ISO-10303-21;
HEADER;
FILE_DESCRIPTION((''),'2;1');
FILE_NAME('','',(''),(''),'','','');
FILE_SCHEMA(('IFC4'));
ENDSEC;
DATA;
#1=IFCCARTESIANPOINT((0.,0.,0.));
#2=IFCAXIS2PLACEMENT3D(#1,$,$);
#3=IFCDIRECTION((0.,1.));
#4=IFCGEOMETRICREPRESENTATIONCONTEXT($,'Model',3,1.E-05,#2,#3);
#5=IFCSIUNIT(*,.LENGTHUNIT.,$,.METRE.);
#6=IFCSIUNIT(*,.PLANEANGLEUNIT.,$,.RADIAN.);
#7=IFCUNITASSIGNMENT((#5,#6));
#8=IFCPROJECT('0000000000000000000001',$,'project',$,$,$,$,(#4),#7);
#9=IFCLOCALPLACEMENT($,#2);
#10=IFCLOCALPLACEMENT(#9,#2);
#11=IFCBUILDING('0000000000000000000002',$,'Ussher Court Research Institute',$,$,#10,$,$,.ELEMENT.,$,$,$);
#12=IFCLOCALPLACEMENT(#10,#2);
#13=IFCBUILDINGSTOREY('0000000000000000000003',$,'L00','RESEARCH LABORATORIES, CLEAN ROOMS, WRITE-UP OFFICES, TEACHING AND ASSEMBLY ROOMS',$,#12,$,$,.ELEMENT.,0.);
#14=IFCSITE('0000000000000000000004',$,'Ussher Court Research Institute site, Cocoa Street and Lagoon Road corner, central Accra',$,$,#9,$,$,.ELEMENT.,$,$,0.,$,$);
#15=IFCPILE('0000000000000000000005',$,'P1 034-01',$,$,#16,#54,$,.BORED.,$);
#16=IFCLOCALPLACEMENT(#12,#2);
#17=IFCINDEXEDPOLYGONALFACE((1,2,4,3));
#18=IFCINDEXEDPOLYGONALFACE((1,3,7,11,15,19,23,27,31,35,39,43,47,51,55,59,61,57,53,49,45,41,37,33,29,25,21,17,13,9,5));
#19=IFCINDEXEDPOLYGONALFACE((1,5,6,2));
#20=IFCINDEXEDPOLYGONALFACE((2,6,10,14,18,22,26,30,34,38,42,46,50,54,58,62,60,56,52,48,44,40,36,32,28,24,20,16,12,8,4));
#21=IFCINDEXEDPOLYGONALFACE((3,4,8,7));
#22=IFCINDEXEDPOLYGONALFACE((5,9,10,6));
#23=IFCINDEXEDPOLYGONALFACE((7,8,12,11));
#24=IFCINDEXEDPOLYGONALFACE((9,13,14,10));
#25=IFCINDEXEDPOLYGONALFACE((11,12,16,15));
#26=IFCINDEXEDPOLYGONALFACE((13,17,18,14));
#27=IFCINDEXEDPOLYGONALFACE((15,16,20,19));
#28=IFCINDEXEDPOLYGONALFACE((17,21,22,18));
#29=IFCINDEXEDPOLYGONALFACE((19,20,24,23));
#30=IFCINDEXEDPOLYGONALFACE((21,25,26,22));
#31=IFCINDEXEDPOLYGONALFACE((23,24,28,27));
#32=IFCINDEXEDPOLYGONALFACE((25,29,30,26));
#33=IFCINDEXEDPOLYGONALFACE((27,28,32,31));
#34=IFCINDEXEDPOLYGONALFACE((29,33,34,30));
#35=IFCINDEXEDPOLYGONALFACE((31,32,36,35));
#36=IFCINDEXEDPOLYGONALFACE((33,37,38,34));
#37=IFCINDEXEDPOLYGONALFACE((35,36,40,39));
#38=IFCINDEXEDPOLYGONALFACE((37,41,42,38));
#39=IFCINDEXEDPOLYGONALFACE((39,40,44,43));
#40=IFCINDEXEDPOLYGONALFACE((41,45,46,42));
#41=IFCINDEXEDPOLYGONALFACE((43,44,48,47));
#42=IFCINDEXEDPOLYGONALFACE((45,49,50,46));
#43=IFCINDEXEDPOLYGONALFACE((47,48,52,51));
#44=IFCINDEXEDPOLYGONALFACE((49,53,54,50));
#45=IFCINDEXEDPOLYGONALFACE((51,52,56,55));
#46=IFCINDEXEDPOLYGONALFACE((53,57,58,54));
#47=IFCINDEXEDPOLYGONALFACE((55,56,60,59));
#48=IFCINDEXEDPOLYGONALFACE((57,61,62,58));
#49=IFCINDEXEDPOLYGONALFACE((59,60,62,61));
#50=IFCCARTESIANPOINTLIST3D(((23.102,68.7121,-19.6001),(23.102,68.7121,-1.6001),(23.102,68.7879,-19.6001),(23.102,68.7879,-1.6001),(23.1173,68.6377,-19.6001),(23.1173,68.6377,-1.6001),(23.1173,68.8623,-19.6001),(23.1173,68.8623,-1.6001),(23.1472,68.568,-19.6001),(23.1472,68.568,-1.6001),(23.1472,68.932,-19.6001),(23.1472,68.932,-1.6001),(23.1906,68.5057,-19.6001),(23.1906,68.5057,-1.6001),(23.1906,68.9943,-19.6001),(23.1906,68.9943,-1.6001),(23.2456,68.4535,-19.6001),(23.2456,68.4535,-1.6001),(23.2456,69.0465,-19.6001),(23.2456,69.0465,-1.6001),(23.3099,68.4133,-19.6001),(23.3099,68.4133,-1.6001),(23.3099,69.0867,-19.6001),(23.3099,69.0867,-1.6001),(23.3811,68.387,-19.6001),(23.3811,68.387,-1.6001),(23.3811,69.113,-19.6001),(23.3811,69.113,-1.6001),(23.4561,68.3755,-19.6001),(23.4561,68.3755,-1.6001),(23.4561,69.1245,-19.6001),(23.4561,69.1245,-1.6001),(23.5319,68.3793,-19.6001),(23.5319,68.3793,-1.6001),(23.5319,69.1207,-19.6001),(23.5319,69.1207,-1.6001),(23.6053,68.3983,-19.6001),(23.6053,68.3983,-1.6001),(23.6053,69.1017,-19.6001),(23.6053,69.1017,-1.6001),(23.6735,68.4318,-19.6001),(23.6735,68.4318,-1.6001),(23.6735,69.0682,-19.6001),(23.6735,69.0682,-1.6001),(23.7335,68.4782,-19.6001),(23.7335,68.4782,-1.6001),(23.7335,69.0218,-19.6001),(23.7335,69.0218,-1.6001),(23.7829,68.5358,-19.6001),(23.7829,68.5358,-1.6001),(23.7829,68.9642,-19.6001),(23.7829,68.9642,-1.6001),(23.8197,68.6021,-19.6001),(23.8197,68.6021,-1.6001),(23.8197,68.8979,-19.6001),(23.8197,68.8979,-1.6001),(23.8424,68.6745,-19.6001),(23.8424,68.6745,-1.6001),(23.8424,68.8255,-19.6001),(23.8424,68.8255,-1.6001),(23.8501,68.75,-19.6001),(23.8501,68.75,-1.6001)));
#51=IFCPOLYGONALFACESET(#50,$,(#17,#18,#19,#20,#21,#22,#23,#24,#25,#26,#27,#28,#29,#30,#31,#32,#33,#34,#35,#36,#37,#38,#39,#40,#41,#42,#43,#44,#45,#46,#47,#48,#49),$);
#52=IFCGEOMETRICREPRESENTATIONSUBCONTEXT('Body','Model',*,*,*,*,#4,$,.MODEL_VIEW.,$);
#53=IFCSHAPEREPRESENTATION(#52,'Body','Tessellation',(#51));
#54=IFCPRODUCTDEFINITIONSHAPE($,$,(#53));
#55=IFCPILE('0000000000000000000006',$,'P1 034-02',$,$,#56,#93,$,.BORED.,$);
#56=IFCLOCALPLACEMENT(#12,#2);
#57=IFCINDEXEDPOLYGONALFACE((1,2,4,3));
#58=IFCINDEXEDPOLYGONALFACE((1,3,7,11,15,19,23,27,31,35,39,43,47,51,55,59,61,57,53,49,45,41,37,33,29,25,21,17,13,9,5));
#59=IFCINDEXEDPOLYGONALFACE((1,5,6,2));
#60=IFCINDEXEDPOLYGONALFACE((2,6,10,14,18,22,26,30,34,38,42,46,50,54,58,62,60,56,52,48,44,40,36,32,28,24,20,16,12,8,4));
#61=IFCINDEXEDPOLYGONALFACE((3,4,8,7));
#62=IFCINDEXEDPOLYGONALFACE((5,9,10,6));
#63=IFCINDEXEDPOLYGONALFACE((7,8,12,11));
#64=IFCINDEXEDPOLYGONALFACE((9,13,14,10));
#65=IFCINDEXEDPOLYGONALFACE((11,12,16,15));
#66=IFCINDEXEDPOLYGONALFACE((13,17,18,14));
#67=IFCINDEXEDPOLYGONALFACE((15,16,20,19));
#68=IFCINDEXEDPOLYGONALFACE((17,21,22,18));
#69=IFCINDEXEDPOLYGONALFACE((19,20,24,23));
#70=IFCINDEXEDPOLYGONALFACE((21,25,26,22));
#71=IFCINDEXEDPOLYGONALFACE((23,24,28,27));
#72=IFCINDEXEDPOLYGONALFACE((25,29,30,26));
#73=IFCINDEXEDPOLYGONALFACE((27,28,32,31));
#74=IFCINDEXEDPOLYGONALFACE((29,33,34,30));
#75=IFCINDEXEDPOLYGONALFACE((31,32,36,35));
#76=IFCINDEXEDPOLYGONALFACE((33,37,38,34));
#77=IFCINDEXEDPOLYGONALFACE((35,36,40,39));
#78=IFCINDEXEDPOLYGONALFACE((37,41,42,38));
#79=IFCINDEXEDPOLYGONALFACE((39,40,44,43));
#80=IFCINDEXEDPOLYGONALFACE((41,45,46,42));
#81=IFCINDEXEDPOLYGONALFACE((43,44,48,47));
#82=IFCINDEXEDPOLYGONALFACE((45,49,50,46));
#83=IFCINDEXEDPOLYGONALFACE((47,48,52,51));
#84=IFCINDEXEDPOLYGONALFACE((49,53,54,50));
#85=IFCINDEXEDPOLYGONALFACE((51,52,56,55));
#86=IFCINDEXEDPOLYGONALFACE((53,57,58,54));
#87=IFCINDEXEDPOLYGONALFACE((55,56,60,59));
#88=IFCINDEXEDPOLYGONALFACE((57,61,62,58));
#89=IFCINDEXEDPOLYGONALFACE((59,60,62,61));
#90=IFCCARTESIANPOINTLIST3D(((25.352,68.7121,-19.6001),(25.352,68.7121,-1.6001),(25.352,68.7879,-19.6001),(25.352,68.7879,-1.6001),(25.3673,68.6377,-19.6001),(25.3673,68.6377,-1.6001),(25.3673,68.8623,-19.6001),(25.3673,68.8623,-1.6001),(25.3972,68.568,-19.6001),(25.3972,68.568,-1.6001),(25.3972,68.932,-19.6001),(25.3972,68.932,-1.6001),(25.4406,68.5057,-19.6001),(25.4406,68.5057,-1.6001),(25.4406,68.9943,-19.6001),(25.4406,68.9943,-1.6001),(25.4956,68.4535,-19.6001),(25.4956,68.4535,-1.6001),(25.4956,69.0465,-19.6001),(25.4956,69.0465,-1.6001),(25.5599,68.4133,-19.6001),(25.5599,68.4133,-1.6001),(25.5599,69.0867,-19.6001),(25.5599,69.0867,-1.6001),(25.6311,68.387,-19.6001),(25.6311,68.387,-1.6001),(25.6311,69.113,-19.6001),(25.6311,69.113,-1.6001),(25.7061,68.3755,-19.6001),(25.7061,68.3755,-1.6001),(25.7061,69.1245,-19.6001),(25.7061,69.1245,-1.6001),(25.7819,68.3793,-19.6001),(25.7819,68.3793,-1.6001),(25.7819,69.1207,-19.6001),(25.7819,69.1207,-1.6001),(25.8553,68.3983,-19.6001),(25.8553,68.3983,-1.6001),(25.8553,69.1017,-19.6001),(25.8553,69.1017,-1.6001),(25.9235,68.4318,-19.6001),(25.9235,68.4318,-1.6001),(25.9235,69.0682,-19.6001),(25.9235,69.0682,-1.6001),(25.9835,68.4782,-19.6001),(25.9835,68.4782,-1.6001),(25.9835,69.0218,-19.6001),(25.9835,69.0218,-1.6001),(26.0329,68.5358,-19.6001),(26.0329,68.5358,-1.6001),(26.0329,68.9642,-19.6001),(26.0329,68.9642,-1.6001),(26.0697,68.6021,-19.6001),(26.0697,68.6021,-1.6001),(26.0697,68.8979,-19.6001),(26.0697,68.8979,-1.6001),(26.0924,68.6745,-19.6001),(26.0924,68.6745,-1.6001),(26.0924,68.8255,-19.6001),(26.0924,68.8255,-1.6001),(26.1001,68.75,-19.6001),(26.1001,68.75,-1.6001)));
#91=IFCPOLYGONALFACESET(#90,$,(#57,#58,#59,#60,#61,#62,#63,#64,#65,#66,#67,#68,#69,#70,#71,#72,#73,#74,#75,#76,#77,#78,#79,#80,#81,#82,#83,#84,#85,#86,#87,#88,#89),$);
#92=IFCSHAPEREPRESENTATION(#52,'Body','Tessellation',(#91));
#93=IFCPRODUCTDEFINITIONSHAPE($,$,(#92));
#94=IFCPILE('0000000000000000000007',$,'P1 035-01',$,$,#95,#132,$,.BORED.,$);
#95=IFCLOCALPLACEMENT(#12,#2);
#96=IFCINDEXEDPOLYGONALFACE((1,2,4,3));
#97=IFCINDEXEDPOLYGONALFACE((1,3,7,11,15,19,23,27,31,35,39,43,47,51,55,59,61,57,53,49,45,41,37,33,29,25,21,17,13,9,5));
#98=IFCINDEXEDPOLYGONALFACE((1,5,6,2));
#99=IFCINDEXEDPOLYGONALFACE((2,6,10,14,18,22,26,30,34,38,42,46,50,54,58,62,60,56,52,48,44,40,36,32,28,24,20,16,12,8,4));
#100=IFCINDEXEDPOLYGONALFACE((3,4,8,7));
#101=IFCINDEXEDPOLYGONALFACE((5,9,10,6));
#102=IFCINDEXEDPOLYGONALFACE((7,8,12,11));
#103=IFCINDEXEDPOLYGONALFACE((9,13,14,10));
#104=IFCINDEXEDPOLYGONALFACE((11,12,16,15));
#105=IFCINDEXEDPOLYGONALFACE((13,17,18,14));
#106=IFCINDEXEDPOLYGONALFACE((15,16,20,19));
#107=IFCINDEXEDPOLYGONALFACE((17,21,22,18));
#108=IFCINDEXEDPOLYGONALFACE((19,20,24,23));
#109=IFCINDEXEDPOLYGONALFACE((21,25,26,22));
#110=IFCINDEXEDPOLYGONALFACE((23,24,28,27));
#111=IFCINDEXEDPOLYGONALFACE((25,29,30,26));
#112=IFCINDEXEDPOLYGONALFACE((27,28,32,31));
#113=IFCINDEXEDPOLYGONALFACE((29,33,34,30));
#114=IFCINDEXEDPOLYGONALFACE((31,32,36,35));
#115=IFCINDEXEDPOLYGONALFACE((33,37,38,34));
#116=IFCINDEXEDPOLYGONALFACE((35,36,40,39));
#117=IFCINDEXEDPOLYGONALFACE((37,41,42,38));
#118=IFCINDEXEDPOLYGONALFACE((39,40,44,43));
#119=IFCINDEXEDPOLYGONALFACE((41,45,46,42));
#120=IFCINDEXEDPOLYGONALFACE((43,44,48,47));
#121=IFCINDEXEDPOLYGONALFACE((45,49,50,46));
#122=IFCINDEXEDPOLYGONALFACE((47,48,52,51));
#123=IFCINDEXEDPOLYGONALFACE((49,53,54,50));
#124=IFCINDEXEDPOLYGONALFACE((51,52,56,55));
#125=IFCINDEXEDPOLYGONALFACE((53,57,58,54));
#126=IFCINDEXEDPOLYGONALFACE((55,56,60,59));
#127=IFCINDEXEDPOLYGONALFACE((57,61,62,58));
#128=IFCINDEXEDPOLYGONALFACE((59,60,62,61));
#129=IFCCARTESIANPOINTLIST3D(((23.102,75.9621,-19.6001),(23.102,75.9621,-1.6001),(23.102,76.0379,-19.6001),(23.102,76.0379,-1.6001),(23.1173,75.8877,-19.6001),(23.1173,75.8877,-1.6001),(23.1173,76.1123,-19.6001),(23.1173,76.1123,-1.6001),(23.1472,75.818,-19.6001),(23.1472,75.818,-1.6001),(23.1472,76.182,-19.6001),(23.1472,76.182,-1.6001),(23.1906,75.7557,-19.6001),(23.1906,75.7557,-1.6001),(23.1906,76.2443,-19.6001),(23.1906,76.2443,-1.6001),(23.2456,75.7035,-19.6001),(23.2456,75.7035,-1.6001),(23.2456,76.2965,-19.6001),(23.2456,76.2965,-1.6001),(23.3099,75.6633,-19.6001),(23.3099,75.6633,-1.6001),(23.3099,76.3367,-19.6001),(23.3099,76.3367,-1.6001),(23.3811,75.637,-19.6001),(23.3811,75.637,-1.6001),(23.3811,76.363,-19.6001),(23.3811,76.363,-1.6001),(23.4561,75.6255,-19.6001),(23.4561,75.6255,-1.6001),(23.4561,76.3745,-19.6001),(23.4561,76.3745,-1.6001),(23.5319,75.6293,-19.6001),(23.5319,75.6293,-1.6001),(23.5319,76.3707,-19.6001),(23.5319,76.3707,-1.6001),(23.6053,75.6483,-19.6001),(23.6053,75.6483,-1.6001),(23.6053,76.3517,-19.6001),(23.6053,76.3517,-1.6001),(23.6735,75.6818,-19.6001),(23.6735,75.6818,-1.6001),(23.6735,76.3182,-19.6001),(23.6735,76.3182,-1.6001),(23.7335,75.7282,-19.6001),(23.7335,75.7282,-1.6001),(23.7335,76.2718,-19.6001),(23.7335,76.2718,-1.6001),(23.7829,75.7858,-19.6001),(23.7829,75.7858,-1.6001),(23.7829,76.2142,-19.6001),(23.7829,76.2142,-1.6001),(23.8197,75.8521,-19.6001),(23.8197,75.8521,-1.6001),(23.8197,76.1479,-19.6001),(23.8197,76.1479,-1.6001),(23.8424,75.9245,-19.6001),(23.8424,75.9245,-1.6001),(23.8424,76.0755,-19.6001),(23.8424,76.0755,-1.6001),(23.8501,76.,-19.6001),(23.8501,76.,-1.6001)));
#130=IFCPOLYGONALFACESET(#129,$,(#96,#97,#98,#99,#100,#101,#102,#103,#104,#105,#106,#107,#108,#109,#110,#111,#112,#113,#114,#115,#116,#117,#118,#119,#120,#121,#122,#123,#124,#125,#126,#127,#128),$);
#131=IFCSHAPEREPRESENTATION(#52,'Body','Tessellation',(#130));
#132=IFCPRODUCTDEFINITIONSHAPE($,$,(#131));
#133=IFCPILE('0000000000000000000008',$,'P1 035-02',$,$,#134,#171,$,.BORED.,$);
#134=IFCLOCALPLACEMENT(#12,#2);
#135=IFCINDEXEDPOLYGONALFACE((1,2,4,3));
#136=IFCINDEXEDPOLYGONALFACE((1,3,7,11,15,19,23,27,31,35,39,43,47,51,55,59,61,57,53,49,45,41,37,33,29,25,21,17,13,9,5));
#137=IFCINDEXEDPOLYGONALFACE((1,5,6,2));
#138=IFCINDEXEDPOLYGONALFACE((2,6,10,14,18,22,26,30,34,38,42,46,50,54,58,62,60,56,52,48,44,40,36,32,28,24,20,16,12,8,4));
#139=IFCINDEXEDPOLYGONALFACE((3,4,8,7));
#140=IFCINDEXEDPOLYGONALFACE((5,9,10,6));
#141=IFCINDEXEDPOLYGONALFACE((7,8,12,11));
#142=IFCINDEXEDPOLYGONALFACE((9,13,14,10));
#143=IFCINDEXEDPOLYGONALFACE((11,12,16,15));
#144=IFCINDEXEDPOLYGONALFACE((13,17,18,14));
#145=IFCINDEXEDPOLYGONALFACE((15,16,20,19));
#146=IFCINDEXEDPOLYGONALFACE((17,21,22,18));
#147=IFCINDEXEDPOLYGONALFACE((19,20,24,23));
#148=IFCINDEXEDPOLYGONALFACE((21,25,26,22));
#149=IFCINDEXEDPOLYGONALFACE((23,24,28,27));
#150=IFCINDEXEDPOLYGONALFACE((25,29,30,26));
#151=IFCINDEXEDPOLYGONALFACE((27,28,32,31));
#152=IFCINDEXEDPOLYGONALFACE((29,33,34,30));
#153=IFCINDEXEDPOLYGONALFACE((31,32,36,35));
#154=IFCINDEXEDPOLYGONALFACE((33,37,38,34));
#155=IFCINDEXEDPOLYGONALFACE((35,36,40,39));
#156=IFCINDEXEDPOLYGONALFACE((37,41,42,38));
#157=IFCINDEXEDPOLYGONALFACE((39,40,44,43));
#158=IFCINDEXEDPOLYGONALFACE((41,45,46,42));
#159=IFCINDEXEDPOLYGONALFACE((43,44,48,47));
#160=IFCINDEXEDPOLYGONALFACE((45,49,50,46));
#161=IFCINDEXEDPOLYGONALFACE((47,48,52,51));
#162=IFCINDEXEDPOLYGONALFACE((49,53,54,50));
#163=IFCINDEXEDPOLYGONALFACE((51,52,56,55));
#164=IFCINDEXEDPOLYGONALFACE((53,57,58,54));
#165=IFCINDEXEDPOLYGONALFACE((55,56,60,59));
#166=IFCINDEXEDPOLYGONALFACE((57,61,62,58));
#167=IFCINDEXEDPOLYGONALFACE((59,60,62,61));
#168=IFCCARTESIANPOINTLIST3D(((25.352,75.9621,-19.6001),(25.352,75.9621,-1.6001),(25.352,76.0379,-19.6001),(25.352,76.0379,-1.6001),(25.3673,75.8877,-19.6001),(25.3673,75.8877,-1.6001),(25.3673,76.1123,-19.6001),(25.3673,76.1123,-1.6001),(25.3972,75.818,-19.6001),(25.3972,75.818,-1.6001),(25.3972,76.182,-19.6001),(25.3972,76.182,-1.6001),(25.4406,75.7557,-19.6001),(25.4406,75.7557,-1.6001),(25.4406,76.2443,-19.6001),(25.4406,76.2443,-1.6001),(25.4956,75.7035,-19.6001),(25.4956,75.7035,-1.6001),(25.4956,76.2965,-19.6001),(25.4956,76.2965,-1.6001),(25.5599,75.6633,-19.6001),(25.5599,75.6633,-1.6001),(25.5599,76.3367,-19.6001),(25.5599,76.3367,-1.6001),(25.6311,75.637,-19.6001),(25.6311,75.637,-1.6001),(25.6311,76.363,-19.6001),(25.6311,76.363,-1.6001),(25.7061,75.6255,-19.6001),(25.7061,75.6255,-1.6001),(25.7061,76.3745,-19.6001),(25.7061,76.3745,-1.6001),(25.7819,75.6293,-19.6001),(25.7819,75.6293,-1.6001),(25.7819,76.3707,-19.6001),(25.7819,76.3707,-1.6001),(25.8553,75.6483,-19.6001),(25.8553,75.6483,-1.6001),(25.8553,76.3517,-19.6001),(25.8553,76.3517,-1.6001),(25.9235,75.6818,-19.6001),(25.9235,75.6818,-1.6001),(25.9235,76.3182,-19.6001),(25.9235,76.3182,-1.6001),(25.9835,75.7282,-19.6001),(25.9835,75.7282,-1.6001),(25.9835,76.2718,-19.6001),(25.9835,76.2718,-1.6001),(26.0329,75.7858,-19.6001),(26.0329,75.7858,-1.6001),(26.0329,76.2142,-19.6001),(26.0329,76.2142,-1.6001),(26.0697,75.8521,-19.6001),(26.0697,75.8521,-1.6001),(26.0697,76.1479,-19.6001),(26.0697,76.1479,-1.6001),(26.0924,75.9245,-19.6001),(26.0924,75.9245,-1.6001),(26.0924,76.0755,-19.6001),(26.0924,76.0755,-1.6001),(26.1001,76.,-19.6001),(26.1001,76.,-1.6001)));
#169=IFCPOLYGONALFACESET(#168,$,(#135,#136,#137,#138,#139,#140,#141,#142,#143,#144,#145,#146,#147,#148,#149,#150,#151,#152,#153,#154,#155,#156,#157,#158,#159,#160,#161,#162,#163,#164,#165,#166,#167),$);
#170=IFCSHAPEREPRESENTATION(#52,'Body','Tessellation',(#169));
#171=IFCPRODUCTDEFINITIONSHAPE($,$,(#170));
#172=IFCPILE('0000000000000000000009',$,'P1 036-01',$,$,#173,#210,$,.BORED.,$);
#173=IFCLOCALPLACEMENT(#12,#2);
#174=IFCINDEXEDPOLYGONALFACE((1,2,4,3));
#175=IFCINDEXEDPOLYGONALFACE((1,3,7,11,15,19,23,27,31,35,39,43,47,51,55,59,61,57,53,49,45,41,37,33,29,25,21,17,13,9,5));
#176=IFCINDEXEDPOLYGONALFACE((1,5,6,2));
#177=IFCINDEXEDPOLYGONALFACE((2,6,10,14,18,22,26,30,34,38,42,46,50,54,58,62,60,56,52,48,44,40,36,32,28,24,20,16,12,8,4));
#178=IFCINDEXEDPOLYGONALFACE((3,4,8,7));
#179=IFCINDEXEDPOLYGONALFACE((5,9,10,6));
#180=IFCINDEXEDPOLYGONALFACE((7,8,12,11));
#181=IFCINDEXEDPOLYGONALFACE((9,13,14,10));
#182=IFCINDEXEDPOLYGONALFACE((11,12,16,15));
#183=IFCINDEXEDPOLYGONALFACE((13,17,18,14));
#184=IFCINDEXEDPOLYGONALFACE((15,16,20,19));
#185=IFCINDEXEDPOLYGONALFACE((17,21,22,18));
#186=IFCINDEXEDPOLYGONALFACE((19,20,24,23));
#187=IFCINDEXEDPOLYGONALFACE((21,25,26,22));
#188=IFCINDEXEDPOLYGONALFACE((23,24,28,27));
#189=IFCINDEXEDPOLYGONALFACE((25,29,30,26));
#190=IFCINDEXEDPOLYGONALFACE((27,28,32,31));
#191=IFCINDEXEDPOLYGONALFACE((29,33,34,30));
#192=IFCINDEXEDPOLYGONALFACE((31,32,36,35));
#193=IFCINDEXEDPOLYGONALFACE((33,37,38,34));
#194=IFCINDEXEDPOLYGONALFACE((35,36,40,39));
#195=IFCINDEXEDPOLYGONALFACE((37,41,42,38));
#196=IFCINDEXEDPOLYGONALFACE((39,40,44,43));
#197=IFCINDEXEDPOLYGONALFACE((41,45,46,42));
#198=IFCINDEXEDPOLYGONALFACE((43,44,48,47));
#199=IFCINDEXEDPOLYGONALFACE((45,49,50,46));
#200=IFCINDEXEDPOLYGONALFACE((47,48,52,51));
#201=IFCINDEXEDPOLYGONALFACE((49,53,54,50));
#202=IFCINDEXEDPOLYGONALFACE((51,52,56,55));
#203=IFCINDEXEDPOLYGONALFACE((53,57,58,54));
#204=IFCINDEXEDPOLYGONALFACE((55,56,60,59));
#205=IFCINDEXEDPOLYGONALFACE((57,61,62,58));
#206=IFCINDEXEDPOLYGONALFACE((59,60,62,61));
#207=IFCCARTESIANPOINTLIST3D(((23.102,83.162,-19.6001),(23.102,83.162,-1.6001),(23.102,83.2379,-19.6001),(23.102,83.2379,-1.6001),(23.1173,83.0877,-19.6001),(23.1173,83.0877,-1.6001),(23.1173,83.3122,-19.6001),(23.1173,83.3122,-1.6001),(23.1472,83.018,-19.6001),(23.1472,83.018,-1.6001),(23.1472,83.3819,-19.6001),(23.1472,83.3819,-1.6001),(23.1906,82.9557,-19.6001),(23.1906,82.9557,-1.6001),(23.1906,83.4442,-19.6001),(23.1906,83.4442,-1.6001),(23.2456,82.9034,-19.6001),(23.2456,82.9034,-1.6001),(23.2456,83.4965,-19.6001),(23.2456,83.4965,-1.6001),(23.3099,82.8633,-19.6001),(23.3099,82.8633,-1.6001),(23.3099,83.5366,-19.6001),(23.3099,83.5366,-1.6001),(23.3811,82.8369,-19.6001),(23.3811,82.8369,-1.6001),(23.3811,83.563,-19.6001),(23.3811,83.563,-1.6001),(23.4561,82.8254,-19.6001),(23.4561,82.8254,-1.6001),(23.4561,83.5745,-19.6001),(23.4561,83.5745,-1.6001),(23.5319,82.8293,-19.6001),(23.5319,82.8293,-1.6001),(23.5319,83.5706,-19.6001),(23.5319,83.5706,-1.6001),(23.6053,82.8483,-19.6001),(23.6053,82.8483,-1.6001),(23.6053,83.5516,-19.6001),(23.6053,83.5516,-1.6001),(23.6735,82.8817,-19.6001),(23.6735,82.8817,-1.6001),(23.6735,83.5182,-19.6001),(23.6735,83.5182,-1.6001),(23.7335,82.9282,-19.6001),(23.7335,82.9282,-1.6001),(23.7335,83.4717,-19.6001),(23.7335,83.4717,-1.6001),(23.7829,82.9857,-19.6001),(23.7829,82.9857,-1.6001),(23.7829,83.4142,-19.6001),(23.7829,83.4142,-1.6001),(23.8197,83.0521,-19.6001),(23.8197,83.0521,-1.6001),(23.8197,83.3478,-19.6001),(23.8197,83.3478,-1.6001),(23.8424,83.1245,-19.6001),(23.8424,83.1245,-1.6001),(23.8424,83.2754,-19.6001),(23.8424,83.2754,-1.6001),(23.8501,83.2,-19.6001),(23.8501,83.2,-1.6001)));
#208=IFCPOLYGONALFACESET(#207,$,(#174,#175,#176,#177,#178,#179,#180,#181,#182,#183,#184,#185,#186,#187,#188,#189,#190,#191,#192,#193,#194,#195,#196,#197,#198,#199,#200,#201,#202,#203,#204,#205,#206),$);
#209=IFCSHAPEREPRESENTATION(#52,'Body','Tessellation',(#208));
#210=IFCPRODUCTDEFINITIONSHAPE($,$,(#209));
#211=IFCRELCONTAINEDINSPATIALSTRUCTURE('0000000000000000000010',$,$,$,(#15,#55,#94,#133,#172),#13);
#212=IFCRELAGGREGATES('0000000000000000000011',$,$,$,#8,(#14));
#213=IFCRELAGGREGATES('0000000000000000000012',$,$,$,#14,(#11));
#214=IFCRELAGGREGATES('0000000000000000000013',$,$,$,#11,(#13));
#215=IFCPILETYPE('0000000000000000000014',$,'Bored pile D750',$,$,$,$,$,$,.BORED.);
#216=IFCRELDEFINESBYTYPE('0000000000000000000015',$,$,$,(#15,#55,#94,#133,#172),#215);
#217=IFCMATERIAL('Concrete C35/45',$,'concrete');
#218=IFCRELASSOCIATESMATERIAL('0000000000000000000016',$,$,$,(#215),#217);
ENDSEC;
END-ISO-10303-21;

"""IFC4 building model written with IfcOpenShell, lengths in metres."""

from ifc_helpers import new_model, si_unit, direction, frame, origin, origin_2d, place, context, subcontext, project, spatial, circle, extrude, material, material_profile, profile_set, type_object, element, save


model = new_model("IFC4")

# Units and contexts
model_context = context("Model", 3, precision=1e-05, world=origin(), true_north=direction((0.0, 1.0)))
body_context = subcontext(model_context, "Body", "Model", "MODEL_VIEW")
ifc_project = project(units=[si_unit("LENGTHUNIT", "METRE"), si_unit("PLANEANGLEUNIT", "RADIAN")], contexts=[model_context])

# Site, building, storey
site_placement = place(None, origin())
site = spatial("IfcSite", under=ifc_project, at=site_placement, Name="Ussher Court Research Institute site, Cocoa Street and Lagoon Road corner, central Accra", CompositionType="ELEMENT", RefElevation=0.0)
building_placement = place(site_placement, origin())
building = spatial("IfcBuilding", under=site, at=building_placement, Name="Ussher Court Research Institute", CompositionType="ELEMENT")
storey_placement = place(building_placement, origin())
storey = spatial("IfcBuildingStorey", under=building, at=storey_placement, Name="L00", Description="RESEARCH LABORATORIES, CLEAN ROOMS, WRITE-UP OFFICES, TEACHING AND ASSEMBLY ROOMS", CompositionType="ELEMENT", Elevation=0.0)

# Piles
ifc_material_1 = material(Name="Concrete C35/45", Category="concrete")
ifc_material_profile_1 = material_profile(ifc_material_1, circle(Radius=0.375, at=origin_2d()), Name="RC D750")
ifc_profile_set_1 = profile_set([ifc_material_profile_1], Name="Concrete C35/45")
pile_type = type_object("IfcPileType", Name="Bored pile D750", PredefinedType="BORED", material=ifc_profile_set_1)
for number, where, z_axis, x_axis, name in (
    (1, (23.4751, 68.75, -1.6001), (0.0, 0.0, -1.0), (1.0, 0.0, 0.0), "P1 034-01"),
    (2, (25.7251, 68.75, -1.6001), (0.0, 0.0, -1.0), (1.0, 0.0, 0.0), "P1 034-02"),
    (3, (23.4751, 76.0, -1.6001), (0.0, 0.0, -1.0), (1.0, 0.0, 0.0), "P1 035-01"),
    (4, (25.7251, 76.0, -1.6001), (0.0, 0.0, -1.0), (1.0, 0.0, 0.0), "P1 035-02"),
    (5, (23.4751, 83.2, -1.6001), (0.0, 0.0, -1.0), (1.0, 0.0, 0.0), "P1 036-01"),
):
    element("IfcPile", number, at=place(storey_placement, frame(where, z_axis=z_axis, x_axis=x_axis)), inside=storey, type_object=pile_type, Name=name, PredefinedType="BORED", context=body_context, shape_type="SweptSolid", body=[
        extrude(circle(Radius=0.375, at=origin_2d()), origin(), (0.0, 0.0, 1.0), 18.0),
    ])

save(model, "model.ifc")
